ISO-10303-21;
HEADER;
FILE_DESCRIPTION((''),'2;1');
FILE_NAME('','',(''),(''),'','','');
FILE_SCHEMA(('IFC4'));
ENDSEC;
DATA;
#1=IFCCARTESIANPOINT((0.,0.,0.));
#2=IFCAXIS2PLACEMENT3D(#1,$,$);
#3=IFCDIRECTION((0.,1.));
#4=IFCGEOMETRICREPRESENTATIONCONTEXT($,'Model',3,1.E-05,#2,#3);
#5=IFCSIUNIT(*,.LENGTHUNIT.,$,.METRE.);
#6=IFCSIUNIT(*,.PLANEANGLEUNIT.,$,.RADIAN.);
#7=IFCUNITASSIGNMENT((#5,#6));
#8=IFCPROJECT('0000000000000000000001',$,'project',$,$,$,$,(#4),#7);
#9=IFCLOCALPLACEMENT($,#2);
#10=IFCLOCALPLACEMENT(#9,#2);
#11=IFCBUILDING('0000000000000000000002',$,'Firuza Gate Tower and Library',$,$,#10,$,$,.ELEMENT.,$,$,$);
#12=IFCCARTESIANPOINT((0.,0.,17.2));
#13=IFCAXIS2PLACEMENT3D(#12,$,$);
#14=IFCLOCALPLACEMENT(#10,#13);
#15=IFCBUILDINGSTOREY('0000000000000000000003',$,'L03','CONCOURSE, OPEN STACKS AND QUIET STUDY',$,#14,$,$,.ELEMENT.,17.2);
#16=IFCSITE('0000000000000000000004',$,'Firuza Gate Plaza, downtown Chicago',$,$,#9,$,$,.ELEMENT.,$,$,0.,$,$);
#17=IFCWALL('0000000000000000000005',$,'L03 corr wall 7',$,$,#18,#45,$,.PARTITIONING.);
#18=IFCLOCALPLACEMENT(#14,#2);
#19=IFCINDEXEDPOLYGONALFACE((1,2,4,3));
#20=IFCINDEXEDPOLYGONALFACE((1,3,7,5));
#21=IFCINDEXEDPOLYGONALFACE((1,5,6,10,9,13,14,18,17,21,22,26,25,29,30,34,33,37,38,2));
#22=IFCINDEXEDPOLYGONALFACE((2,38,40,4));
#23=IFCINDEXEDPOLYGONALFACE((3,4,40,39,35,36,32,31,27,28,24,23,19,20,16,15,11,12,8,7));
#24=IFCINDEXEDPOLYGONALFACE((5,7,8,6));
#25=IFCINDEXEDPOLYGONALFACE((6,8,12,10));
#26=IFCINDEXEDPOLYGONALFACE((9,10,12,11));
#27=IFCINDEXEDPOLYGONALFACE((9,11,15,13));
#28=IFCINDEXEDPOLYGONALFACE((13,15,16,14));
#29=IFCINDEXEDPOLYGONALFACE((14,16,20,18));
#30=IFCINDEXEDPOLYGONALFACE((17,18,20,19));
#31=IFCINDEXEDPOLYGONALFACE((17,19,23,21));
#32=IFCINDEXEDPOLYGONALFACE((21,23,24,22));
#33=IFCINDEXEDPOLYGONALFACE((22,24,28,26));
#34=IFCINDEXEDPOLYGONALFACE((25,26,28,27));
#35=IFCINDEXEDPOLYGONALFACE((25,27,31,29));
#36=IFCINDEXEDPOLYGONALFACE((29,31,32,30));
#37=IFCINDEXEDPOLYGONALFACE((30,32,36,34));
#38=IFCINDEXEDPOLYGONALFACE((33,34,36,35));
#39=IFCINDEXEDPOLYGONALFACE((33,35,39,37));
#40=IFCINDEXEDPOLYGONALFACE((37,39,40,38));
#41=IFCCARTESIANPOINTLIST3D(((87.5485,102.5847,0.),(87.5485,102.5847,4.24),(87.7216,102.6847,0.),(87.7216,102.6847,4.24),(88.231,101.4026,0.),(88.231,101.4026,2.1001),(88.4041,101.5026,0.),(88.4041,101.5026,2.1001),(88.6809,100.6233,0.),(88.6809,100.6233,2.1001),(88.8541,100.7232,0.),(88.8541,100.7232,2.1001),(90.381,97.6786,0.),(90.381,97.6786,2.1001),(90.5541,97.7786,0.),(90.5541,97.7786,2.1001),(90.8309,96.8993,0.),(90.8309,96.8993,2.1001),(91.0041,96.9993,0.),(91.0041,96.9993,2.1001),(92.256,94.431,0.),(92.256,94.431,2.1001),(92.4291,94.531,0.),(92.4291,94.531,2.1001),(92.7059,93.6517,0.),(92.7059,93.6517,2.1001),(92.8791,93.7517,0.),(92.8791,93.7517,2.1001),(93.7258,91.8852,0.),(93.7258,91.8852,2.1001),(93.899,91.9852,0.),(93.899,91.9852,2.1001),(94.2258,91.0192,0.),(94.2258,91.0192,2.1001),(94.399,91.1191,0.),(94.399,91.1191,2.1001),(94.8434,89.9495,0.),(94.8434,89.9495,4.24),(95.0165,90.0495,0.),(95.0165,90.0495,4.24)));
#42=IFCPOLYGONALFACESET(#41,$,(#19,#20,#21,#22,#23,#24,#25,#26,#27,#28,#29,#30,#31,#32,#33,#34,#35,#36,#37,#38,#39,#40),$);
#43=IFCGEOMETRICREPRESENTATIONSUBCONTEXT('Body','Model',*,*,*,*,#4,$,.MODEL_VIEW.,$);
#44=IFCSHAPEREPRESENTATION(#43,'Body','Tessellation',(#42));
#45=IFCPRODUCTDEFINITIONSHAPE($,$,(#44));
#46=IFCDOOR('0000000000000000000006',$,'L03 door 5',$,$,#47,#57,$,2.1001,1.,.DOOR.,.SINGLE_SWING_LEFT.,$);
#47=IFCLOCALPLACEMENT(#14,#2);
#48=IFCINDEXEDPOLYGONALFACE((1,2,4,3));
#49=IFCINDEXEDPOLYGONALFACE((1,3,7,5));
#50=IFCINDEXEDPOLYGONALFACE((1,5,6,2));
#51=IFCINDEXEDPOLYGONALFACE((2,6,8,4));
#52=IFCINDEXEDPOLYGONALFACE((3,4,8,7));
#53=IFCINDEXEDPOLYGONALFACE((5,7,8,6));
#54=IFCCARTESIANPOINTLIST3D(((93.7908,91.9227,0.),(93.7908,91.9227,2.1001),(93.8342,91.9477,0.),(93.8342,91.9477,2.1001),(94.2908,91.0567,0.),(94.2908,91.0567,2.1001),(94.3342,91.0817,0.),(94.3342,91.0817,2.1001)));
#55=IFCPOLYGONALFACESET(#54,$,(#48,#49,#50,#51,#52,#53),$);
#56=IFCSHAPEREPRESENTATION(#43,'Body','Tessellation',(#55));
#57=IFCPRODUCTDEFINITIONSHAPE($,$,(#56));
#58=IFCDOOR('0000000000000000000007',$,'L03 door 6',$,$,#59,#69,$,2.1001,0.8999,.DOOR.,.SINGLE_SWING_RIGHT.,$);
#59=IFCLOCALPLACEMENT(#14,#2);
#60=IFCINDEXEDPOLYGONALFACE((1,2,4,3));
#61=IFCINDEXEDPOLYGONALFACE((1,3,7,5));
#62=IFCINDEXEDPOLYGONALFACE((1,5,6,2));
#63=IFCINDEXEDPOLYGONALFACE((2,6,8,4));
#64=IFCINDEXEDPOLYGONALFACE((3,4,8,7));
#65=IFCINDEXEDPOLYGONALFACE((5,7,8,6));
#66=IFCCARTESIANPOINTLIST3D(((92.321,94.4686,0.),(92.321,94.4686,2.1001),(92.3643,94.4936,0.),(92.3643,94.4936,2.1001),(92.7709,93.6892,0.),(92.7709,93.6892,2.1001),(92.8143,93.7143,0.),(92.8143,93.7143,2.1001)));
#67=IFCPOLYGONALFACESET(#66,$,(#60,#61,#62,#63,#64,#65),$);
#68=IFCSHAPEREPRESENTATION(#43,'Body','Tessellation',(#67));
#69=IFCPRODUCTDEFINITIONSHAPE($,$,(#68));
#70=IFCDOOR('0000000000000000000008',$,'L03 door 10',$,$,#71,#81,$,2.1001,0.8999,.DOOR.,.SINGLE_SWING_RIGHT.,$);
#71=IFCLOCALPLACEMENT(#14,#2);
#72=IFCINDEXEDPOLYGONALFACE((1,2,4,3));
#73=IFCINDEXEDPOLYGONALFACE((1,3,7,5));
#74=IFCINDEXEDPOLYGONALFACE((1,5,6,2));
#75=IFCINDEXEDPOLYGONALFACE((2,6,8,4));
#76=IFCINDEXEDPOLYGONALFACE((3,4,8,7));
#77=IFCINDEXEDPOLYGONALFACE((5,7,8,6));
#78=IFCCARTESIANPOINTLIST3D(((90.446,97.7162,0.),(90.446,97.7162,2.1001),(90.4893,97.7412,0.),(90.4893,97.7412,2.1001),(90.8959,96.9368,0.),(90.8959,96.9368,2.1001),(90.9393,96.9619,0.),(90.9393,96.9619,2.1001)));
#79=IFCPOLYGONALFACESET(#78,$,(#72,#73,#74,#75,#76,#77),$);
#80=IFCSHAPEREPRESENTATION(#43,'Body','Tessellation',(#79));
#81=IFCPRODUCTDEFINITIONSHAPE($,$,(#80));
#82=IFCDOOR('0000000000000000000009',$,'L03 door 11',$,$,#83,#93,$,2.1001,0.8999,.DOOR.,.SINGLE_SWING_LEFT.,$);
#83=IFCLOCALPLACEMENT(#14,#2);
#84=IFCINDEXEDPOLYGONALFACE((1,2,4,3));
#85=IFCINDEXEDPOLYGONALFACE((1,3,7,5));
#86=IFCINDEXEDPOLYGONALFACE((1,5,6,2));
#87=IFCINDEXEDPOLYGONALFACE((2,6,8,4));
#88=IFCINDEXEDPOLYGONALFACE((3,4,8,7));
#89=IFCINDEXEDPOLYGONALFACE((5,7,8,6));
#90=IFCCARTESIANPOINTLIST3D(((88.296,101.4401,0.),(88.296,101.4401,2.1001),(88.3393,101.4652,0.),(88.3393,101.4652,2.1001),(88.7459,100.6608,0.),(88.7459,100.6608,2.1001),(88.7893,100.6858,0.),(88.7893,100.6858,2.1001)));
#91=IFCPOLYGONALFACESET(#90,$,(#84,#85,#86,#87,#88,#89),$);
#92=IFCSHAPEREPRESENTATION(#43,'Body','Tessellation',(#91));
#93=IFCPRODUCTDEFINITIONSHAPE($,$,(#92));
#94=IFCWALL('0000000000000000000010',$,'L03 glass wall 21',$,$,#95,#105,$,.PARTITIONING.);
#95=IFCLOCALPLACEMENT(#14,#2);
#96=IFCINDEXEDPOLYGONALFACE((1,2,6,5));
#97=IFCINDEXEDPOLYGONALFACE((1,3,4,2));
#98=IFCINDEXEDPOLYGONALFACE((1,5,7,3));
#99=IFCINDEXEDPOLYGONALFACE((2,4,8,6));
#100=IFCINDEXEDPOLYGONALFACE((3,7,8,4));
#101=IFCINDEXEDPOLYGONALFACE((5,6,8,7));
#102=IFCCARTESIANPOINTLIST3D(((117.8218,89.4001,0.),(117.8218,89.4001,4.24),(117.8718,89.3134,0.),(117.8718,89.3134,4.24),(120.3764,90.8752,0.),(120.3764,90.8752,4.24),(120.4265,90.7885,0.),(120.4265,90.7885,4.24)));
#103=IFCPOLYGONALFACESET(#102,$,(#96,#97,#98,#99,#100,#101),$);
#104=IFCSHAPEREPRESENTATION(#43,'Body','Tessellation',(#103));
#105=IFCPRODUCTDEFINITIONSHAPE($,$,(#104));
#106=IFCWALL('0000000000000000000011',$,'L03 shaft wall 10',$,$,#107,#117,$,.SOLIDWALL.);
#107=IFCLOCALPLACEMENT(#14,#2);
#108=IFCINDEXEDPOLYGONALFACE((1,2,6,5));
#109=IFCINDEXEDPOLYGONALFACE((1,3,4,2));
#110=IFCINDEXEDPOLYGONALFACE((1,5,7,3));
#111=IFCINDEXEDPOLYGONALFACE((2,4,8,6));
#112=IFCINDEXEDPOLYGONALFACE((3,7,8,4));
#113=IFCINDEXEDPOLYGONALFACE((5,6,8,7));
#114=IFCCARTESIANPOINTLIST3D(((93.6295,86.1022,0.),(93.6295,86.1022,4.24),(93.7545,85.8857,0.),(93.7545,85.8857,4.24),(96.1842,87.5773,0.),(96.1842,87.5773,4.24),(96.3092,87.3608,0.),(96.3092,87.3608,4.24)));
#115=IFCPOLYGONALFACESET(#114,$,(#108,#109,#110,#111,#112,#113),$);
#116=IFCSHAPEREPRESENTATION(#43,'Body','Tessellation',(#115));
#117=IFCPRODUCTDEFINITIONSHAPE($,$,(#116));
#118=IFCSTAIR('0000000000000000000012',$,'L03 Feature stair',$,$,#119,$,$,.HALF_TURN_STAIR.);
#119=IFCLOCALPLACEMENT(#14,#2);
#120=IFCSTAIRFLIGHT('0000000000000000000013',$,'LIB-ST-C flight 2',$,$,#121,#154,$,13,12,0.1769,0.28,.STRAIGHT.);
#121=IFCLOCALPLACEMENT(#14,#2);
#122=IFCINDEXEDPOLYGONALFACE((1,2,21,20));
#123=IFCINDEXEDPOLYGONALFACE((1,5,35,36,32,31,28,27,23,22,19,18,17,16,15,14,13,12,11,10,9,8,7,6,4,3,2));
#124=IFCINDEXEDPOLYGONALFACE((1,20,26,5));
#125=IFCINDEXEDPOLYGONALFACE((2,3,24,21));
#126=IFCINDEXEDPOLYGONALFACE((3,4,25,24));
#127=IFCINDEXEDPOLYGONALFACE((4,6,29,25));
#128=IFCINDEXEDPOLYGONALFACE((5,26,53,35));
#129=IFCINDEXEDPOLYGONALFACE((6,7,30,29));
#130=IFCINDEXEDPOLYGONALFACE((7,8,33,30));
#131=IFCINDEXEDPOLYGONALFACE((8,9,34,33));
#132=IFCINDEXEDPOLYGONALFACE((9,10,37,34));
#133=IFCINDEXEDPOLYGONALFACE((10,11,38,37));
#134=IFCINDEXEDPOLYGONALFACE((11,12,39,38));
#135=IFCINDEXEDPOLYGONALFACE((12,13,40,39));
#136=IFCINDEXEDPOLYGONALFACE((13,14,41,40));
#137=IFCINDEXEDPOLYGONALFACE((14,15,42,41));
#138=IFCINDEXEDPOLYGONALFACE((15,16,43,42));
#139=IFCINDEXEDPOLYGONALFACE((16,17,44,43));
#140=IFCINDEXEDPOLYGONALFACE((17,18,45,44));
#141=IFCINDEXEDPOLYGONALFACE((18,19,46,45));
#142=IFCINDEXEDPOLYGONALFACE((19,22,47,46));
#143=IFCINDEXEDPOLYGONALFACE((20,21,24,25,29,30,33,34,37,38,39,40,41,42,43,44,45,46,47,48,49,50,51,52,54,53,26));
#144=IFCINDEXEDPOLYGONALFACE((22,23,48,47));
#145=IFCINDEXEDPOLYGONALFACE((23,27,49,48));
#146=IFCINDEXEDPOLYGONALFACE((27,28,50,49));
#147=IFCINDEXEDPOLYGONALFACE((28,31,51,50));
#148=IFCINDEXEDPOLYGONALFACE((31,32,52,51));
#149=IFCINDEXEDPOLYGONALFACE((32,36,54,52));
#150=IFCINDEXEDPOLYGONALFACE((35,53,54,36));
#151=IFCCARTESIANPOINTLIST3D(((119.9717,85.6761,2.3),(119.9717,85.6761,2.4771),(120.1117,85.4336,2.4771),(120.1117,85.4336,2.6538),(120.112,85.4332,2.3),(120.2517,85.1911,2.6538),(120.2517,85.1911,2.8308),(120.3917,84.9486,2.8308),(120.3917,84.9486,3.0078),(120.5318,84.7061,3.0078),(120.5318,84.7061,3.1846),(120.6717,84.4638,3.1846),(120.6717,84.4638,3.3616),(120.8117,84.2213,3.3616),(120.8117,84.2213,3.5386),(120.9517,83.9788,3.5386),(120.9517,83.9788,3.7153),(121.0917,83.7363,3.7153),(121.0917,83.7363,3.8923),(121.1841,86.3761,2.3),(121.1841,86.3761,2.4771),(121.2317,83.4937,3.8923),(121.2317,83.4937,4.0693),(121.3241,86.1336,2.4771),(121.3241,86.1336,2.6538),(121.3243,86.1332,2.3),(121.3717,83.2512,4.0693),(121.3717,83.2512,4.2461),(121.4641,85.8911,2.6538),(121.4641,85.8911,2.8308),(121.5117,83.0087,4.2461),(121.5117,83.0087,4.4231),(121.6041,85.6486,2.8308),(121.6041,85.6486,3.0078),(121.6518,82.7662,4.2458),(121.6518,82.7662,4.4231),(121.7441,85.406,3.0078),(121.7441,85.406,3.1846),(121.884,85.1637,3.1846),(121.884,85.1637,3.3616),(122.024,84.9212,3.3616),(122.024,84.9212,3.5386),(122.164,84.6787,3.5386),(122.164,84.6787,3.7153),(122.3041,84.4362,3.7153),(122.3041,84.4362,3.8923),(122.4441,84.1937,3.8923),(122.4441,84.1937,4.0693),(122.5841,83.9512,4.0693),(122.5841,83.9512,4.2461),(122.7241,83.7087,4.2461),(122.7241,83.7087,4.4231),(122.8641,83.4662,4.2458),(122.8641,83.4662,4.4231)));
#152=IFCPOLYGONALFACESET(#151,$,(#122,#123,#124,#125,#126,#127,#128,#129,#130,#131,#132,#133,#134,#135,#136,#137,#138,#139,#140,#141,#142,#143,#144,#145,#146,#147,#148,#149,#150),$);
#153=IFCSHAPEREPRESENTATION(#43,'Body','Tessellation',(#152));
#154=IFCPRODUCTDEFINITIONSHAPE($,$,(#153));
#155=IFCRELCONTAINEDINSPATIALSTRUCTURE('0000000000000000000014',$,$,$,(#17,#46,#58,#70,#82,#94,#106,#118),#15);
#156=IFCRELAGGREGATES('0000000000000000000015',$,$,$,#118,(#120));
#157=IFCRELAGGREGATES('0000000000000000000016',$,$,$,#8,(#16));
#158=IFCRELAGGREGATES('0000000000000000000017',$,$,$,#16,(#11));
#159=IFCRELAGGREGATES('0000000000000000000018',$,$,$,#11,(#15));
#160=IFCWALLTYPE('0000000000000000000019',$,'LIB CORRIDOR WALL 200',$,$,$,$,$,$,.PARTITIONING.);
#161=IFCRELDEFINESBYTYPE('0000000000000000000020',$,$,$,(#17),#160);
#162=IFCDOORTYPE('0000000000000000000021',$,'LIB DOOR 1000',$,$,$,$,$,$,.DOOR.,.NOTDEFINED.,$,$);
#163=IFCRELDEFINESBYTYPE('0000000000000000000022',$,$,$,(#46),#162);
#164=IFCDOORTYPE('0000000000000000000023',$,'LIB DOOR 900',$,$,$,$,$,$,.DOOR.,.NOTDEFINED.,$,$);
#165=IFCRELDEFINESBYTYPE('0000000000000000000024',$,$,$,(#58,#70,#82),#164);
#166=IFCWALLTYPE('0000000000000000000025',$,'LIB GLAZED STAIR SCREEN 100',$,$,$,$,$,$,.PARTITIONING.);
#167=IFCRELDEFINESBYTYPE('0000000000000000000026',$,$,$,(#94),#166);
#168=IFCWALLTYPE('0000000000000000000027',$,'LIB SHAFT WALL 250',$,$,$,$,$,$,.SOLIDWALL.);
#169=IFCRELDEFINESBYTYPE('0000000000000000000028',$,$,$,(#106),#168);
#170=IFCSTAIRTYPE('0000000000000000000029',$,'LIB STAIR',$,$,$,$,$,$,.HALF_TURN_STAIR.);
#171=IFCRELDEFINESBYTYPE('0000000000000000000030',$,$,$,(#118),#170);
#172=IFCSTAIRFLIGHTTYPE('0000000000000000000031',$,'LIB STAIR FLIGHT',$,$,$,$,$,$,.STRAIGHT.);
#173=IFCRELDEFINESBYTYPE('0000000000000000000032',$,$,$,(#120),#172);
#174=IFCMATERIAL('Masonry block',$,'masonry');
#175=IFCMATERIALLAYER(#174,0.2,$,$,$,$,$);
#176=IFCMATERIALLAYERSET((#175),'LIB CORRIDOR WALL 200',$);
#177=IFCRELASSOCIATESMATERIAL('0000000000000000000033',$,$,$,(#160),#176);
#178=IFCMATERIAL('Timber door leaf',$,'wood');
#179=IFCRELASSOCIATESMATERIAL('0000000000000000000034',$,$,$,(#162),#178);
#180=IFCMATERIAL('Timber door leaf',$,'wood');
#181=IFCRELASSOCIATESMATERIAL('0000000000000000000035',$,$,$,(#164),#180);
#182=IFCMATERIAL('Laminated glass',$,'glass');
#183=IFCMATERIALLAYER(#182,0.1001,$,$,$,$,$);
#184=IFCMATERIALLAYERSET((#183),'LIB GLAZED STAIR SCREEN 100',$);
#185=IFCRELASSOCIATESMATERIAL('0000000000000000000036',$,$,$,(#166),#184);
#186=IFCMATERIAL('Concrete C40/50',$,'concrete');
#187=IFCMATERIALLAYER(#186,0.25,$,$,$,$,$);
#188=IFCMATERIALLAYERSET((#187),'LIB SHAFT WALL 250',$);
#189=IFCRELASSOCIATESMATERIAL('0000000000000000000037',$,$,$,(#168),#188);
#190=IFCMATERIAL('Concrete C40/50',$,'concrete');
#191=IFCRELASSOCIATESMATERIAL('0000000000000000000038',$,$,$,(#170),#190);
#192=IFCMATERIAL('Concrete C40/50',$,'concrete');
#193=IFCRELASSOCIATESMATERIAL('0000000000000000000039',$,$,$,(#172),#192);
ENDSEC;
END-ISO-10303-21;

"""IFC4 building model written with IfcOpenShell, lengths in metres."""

from ifc_helpers import new_model, si_unit, direction, frame, frame_2d, origin, place, context, subcontext, project, spatial, polyline, rectangle, outline, extrude, material, layer, layer_set, type_object, element, fill, aggregate, save


model = new_model("IFC4")

# Units and contexts
model_context = context("Model", 3, precision=1e-05, world=origin(), true_north=direction((0.0, 1.0)))
body_context = subcontext(model_context, "Body", "Model", "MODEL_VIEW")
ifc_project = project(units=[si_unit("LENGTHUNIT", "METRE"), si_unit("PLANEANGLEUNIT", "RADIAN")], contexts=[model_context])

# Site, building, storey
site_placement = place(None, origin())
site = spatial("IfcSite", under=ifc_project, at=site_placement, Name="Firuza Gate Plaza, downtown Chicago", CompositionType="ELEMENT", RefElevation=0.0)
building_placement = place(site_placement, origin())
building = spatial("IfcBuilding", under=site, at=building_placement, Name="Firuza Gate Tower and Library", CompositionType="ELEMENT")
storey_placement = place(building_placement, frame((0.0, 0.0, 17.2)))
storey = spatial("IfcBuildingStorey", under=building, at=storey_placement, Name="L03", Description="CONCOURSE, OPEN STACKS AND QUIET STUDY", CompositionType="ELEMENT", Elevation=17.2)

# Shared definitions
placement = place(storey_placement, origin())

# Wall, openings, doors
ifc_material_1 = material(Name="Masonry block", Category="masonry")
ifc_layer_1 = layer(ifc_material_1, 0.2)
ifc_layer_set_1 = layer_set([ifc_layer_1], Name="LIB CORRIDOR WALL 200")
wall_type_1 = type_object("IfcWallType", Name="LIB CORRIDOR WALL 200", PredefinedType="PARTITIONING", material=ifc_layer_set_1)
wall_1_placement = place(storey_placement, frame((94.9299, 89.9995, 0.0), z_axis=(0.0, 0.0, 1.0), x_axis=(-0.499998, 0.866027, 0.0)))
wall_1 = element("IfcWall", 1, at=wall_1_placement, inside=storey, type_object=wall_type_1, Name="L03 corr wall 7", PredefinedType="PARTITIONING", context=body_context, shape_type="SweptSolid", body=[
    extrude(rectangle(XDim=14.5898, YDim=0.2, at=frame_2d((7.2949, 0.0))), origin(), (0.0, 0.0, 1.0), 4.24),
])
opening_1_placement = place(wall_1_placement, frame((1.2351, 0.0, 0.0)))
opening_1 = element("IfcOpeningElement", 2, at=opening_1_placement, cuts=wall_1, PredefinedType="OPENING", context=body_context, shape_type="SweptSolid", body=[
    extrude(rectangle(XDim=1.0, YDim=2.1001, at=frame_2d((0.5, 1.05))), frame((0.0, 0.1099, 0.0), z_axis=(0.0, -1.0, 0.0), x_axis=(1.0, 0.0, 0.0)), (0.0, 0.0, 1.0), 0.22),
])
opening_2_placement = place(wall_1_placement, frame((4.2749, 0.0, 0.0)))
opening_2 = element("IfcOpeningElement", 3, at=opening_2_placement, cuts=wall_1, PredefinedType="OPENING", context=body_context, shape_type="SweptSolid", body=[
    extrude(rectangle(XDim=0.8999, YDim=2.1001, at=frame_2d((0.45, 1.05))), frame((0.0, 0.1099, 0.0), z_axis=(0.0, -1.0, 0.0), x_axis=(1.0, 0.0, 0.0)), (0.0, 0.0, 1.0), 0.22),
])
opening_3_placement = place(wall_1_placement, frame((8.0249, 0.0, 0.0)))
opening_3 = element("IfcOpeningElement", 4, at=opening_3_placement, cuts=wall_1, PredefinedType="OPENING", context=body_context, shape_type="SweptSolid", body=[
    extrude(rectangle(XDim=0.8999, YDim=2.1001, at=frame_2d((0.45, 1.05))), frame((0.0, 0.1099, 0.0), z_axis=(0.0, -1.0, 0.0), x_axis=(1.0, 0.0, 0.0)), (0.0, 0.0, 1.0), 0.22),
])
opening_4_placement = place(wall_1_placement, frame((12.325, 0.0, 0.0)))
opening_4 = element("IfcOpeningElement", 5, at=opening_4_placement, cuts=wall_1, PredefinedType="OPENING", context=body_context, shape_type="SweptSolid", body=[
    extrude(rectangle(XDim=0.8999, YDim=2.1001, at=frame_2d((0.45, 1.05))), frame((0.0, 0.1099, 0.0), z_axis=(0.0, -1.0, 0.0), x_axis=(1.0, 0.0, 0.0)), (0.0, 0.0, 1.0), 0.22),
])
ifc_material_2 = material(Name="Timber door leaf", Category="wood")
door_type_1 = type_object("IfcDoorType", Name="LIB DOOR 1000", OperationType="NOTDEFINED", PredefinedType="DOOR", material=ifc_material_2)
door_1_placement = place(opening_1_placement, origin())
door_1 = element("IfcDoor", 6, at=door_1_placement, inside=storey, type_object=door_type_1, Name="L03 door 5", OperationType="SINGLE_SWING_LEFT", OverallHeight=2.1001, OverallWidth=1.0, PredefinedType="DOOR", context=body_context, shape_type="SweptSolid", body=[
    extrude(rectangle(XDim=1.0, YDim=2.1001, at=frame_2d((0.5, 1.05))), frame((0.0, 0.0249, 0.0), z_axis=(0.0, -1.0, 0.0), x_axis=(1.0, 0.0, 0.0)), (0.0, 0.0, 1.0), 0.05),
])
fill(opening_1, door_1)
ifc_material_3 = material(Name="Timber door leaf", Category="wood")
door_type_2 = type_object("IfcDoorType", Name="LIB DOOR 900", OperationType="NOTDEFINED", PredefinedType="DOOR", material=ifc_material_3)
door_2_placement = place(opening_2_placement, origin())
door_2 = element("IfcDoor", 7, at=door_2_placement, inside=storey, type_object=door_type_2, Name="L03 door 6", OperationType="SINGLE_SWING_RIGHT", OverallHeight=2.1001, OverallWidth=0.8999, PredefinedType="DOOR", context=body_context, shape_type="SweptSolid", body=[
    extrude(rectangle(XDim=0.8999, YDim=2.1001, at=frame_2d((0.45, 1.05))), frame((0.0, 0.0249, 0.0), z_axis=(0.0, -1.0, 0.0), x_axis=(1.0, 0.0, 0.0)), (0.0, 0.0, 1.0), 0.05),
])
fill(opening_2, door_2)
door_3_placement = place(opening_3_placement, origin())
door_3 = element("IfcDoor", 8, at=door_3_placement, inside=storey, type_object=door_type_2, Name="L03 door 10", OperationType="SINGLE_SWING_RIGHT", OverallHeight=2.1001, OverallWidth=0.8999, PredefinedType="DOOR", context=body_context, shape_type="SweptSolid", body=[
    extrude(rectangle(XDim=0.8999, YDim=2.1001, at=frame_2d((0.45, 1.05))), frame((0.0, 0.0249, 0.0), z_axis=(0.0, -1.0, 0.0), x_axis=(1.0, 0.0, 0.0)), (0.0, 0.0, 1.0), 0.05),
])
fill(opening_3, door_3)
door_4_placement = place(opening_4_placement, origin())
door_4 = element("IfcDoor", 9, at=door_4_placement, inside=storey, type_object=door_type_2, Name="L03 door 11", OperationType="SINGLE_SWING_LEFT", OverallHeight=2.1001, OverallWidth=0.8999, PredefinedType="DOOR", context=body_context, shape_type="SweptSolid", body=[
    extrude(rectangle(XDim=0.8999, YDim=2.1001, at=frame_2d((0.45, 1.05))), frame((0.0, 0.0249, 0.0), z_axis=(0.0, -1.0, 0.0), x_axis=(1.0, 0.0, 0.0)), (0.0, 0.0, 1.0), 0.05),
])
fill(opening_4, door_4)

# Walls
ifc_material_4 = material(Name="Laminated glass", Category="glass")
ifc_layer_2 = layer(ifc_material_4, 0.1001)
ifc_layer_set_2 = layer_set([ifc_layer_2], Name="LIB GLAZED STAIR SCREEN 100")
wall_type_2 = type_object("IfcWallType", Name="LIB GLAZED STAIR SCREEN 100", PredefinedType="PARTITIONING", material=ifc_layer_set_2)
wall_2_placement = place(storey_placement, frame((117.8467, 89.3567, 0.0), z_axis=(0.0, 0.0, 1.0), x_axis=(0.866004, 0.500038, 0.0)))
element("IfcWall", 10, at=wall_2_placement, inside=storey, type_object=wall_type_2, Name="L03 glass wall 21", PredefinedType="PARTITIONING", context=body_context, shape_type="SweptSolid", body=[
    extrude(rectangle(XDim=2.95, YDim=0.1001, at=frame_2d((1.4751, 0.0))), origin(), (0.0, 0.0, 1.0), 4.24),
])
ifc_material_5 = material(Name="Concrete C40/50", Category="concrete")
ifc_layer_3 = layer(ifc_material_5, 0.25)
ifc_layer_set_3 = layer_set([ifc_layer_3], Name="LIB SHAFT WALL 250")
wall_type_3 = type_object("IfcWallType", Name="LIB SHAFT WALL 250", PredefinedType="SOLIDWALL", material=ifc_layer_set_3)
wall_3_placement = place(storey_placement, frame((93.6919, 85.9939, 0.0), z_axis=(0.0, 0.0, 1.0), x_axis=(0.866004, 0.500038, 0.0)))
element("IfcWall", 11, at=wall_3_placement, inside=storey, type_object=wall_type_3, Name="L03 shaft wall 10", PredefinedType="SOLIDWALL", context=body_context, shape_type="SweptSolid", body=[
    extrude(rectangle(XDim=2.95, YDim=0.25, at=frame_2d((1.4751, 0.0))), origin(), (0.0, 0.0, 1.0), 4.24),
])

# Stair, stair flight
ifc_material_6 = material(Name="Concrete C40/50", Category="concrete")
stair_type = type_object("IfcStairType", Name="LIB STAIR", PredefinedType="HALF_TURN_STAIR", material=ifc_material_6)
stair = element("IfcStair", 12, at=placement, inside=storey, type_object=stair_type, Name="L03 Feature stair", PredefinedType="HALF_TURN_STAIR")
ifc_material_7 = material(Name="Concrete C40/50", Category="concrete")
stair_flight_type = type_object("IfcStairFlightType", Name="LIB STAIR FLIGHT", PredefinedType="STRAIGHT", material=ifc_material_7)
stair_flight_placement = place(storey_placement, frame((120.5779, 86.0261, 2.3), z_axis=(0.0, 0.0, 1.0), x_axis=(0.5, -0.866025, 0.0)))
stair_flight = element("IfcStairFlight", 13, at=stair_flight_placement, type_object=stair_flight_type, Name="LIB-ST-C flight 2", NumberOfRisers=13, NumberOfTreads=12, PredefinedType="STRAIGHT", RiserHeight=0.1769, TreadLength=0.28, context=body_context, shape_type="SweptSolid", body=[
    extrude(outline(polyline([(0.0, 0.0), (0.0, 0.177), (0.28, 0.177), (0.28, 0.3538), (0.5601, 0.3538), (0.5601, 0.5308), (0.8401, 0.5308), (0.8401, 0.7078), (1.1201, 0.7078), (1.1201, 0.8845), (1.3999, 0.8845), (1.3999, 1.0615), (1.6799, 1.0615), (1.6799, 1.2385), (1.96, 1.2385), (1.96, 1.4153), (2.24, 1.4153), (2.24, 1.5923), (2.52, 1.5923), (2.52, 1.7693), (2.8, 1.7693), (2.8, 1.946), (3.0801, 1.946), (3.0801, 2.123), (3.3601, 2.123), (3.3601, 2.3), (3.3601, 1.9458), (0.2805, 0.0), (0.0, 0.0)])), frame((0.0, 0.7, 0.0), z_axis=(0.0, -1.0, 0.0), x_axis=(1.0, 0.0, 0.0)), (0.0, 0.0, 1.0), 1.3999),
])
aggregate(stair, [stair_flight])

save(model, "model.ifc")
